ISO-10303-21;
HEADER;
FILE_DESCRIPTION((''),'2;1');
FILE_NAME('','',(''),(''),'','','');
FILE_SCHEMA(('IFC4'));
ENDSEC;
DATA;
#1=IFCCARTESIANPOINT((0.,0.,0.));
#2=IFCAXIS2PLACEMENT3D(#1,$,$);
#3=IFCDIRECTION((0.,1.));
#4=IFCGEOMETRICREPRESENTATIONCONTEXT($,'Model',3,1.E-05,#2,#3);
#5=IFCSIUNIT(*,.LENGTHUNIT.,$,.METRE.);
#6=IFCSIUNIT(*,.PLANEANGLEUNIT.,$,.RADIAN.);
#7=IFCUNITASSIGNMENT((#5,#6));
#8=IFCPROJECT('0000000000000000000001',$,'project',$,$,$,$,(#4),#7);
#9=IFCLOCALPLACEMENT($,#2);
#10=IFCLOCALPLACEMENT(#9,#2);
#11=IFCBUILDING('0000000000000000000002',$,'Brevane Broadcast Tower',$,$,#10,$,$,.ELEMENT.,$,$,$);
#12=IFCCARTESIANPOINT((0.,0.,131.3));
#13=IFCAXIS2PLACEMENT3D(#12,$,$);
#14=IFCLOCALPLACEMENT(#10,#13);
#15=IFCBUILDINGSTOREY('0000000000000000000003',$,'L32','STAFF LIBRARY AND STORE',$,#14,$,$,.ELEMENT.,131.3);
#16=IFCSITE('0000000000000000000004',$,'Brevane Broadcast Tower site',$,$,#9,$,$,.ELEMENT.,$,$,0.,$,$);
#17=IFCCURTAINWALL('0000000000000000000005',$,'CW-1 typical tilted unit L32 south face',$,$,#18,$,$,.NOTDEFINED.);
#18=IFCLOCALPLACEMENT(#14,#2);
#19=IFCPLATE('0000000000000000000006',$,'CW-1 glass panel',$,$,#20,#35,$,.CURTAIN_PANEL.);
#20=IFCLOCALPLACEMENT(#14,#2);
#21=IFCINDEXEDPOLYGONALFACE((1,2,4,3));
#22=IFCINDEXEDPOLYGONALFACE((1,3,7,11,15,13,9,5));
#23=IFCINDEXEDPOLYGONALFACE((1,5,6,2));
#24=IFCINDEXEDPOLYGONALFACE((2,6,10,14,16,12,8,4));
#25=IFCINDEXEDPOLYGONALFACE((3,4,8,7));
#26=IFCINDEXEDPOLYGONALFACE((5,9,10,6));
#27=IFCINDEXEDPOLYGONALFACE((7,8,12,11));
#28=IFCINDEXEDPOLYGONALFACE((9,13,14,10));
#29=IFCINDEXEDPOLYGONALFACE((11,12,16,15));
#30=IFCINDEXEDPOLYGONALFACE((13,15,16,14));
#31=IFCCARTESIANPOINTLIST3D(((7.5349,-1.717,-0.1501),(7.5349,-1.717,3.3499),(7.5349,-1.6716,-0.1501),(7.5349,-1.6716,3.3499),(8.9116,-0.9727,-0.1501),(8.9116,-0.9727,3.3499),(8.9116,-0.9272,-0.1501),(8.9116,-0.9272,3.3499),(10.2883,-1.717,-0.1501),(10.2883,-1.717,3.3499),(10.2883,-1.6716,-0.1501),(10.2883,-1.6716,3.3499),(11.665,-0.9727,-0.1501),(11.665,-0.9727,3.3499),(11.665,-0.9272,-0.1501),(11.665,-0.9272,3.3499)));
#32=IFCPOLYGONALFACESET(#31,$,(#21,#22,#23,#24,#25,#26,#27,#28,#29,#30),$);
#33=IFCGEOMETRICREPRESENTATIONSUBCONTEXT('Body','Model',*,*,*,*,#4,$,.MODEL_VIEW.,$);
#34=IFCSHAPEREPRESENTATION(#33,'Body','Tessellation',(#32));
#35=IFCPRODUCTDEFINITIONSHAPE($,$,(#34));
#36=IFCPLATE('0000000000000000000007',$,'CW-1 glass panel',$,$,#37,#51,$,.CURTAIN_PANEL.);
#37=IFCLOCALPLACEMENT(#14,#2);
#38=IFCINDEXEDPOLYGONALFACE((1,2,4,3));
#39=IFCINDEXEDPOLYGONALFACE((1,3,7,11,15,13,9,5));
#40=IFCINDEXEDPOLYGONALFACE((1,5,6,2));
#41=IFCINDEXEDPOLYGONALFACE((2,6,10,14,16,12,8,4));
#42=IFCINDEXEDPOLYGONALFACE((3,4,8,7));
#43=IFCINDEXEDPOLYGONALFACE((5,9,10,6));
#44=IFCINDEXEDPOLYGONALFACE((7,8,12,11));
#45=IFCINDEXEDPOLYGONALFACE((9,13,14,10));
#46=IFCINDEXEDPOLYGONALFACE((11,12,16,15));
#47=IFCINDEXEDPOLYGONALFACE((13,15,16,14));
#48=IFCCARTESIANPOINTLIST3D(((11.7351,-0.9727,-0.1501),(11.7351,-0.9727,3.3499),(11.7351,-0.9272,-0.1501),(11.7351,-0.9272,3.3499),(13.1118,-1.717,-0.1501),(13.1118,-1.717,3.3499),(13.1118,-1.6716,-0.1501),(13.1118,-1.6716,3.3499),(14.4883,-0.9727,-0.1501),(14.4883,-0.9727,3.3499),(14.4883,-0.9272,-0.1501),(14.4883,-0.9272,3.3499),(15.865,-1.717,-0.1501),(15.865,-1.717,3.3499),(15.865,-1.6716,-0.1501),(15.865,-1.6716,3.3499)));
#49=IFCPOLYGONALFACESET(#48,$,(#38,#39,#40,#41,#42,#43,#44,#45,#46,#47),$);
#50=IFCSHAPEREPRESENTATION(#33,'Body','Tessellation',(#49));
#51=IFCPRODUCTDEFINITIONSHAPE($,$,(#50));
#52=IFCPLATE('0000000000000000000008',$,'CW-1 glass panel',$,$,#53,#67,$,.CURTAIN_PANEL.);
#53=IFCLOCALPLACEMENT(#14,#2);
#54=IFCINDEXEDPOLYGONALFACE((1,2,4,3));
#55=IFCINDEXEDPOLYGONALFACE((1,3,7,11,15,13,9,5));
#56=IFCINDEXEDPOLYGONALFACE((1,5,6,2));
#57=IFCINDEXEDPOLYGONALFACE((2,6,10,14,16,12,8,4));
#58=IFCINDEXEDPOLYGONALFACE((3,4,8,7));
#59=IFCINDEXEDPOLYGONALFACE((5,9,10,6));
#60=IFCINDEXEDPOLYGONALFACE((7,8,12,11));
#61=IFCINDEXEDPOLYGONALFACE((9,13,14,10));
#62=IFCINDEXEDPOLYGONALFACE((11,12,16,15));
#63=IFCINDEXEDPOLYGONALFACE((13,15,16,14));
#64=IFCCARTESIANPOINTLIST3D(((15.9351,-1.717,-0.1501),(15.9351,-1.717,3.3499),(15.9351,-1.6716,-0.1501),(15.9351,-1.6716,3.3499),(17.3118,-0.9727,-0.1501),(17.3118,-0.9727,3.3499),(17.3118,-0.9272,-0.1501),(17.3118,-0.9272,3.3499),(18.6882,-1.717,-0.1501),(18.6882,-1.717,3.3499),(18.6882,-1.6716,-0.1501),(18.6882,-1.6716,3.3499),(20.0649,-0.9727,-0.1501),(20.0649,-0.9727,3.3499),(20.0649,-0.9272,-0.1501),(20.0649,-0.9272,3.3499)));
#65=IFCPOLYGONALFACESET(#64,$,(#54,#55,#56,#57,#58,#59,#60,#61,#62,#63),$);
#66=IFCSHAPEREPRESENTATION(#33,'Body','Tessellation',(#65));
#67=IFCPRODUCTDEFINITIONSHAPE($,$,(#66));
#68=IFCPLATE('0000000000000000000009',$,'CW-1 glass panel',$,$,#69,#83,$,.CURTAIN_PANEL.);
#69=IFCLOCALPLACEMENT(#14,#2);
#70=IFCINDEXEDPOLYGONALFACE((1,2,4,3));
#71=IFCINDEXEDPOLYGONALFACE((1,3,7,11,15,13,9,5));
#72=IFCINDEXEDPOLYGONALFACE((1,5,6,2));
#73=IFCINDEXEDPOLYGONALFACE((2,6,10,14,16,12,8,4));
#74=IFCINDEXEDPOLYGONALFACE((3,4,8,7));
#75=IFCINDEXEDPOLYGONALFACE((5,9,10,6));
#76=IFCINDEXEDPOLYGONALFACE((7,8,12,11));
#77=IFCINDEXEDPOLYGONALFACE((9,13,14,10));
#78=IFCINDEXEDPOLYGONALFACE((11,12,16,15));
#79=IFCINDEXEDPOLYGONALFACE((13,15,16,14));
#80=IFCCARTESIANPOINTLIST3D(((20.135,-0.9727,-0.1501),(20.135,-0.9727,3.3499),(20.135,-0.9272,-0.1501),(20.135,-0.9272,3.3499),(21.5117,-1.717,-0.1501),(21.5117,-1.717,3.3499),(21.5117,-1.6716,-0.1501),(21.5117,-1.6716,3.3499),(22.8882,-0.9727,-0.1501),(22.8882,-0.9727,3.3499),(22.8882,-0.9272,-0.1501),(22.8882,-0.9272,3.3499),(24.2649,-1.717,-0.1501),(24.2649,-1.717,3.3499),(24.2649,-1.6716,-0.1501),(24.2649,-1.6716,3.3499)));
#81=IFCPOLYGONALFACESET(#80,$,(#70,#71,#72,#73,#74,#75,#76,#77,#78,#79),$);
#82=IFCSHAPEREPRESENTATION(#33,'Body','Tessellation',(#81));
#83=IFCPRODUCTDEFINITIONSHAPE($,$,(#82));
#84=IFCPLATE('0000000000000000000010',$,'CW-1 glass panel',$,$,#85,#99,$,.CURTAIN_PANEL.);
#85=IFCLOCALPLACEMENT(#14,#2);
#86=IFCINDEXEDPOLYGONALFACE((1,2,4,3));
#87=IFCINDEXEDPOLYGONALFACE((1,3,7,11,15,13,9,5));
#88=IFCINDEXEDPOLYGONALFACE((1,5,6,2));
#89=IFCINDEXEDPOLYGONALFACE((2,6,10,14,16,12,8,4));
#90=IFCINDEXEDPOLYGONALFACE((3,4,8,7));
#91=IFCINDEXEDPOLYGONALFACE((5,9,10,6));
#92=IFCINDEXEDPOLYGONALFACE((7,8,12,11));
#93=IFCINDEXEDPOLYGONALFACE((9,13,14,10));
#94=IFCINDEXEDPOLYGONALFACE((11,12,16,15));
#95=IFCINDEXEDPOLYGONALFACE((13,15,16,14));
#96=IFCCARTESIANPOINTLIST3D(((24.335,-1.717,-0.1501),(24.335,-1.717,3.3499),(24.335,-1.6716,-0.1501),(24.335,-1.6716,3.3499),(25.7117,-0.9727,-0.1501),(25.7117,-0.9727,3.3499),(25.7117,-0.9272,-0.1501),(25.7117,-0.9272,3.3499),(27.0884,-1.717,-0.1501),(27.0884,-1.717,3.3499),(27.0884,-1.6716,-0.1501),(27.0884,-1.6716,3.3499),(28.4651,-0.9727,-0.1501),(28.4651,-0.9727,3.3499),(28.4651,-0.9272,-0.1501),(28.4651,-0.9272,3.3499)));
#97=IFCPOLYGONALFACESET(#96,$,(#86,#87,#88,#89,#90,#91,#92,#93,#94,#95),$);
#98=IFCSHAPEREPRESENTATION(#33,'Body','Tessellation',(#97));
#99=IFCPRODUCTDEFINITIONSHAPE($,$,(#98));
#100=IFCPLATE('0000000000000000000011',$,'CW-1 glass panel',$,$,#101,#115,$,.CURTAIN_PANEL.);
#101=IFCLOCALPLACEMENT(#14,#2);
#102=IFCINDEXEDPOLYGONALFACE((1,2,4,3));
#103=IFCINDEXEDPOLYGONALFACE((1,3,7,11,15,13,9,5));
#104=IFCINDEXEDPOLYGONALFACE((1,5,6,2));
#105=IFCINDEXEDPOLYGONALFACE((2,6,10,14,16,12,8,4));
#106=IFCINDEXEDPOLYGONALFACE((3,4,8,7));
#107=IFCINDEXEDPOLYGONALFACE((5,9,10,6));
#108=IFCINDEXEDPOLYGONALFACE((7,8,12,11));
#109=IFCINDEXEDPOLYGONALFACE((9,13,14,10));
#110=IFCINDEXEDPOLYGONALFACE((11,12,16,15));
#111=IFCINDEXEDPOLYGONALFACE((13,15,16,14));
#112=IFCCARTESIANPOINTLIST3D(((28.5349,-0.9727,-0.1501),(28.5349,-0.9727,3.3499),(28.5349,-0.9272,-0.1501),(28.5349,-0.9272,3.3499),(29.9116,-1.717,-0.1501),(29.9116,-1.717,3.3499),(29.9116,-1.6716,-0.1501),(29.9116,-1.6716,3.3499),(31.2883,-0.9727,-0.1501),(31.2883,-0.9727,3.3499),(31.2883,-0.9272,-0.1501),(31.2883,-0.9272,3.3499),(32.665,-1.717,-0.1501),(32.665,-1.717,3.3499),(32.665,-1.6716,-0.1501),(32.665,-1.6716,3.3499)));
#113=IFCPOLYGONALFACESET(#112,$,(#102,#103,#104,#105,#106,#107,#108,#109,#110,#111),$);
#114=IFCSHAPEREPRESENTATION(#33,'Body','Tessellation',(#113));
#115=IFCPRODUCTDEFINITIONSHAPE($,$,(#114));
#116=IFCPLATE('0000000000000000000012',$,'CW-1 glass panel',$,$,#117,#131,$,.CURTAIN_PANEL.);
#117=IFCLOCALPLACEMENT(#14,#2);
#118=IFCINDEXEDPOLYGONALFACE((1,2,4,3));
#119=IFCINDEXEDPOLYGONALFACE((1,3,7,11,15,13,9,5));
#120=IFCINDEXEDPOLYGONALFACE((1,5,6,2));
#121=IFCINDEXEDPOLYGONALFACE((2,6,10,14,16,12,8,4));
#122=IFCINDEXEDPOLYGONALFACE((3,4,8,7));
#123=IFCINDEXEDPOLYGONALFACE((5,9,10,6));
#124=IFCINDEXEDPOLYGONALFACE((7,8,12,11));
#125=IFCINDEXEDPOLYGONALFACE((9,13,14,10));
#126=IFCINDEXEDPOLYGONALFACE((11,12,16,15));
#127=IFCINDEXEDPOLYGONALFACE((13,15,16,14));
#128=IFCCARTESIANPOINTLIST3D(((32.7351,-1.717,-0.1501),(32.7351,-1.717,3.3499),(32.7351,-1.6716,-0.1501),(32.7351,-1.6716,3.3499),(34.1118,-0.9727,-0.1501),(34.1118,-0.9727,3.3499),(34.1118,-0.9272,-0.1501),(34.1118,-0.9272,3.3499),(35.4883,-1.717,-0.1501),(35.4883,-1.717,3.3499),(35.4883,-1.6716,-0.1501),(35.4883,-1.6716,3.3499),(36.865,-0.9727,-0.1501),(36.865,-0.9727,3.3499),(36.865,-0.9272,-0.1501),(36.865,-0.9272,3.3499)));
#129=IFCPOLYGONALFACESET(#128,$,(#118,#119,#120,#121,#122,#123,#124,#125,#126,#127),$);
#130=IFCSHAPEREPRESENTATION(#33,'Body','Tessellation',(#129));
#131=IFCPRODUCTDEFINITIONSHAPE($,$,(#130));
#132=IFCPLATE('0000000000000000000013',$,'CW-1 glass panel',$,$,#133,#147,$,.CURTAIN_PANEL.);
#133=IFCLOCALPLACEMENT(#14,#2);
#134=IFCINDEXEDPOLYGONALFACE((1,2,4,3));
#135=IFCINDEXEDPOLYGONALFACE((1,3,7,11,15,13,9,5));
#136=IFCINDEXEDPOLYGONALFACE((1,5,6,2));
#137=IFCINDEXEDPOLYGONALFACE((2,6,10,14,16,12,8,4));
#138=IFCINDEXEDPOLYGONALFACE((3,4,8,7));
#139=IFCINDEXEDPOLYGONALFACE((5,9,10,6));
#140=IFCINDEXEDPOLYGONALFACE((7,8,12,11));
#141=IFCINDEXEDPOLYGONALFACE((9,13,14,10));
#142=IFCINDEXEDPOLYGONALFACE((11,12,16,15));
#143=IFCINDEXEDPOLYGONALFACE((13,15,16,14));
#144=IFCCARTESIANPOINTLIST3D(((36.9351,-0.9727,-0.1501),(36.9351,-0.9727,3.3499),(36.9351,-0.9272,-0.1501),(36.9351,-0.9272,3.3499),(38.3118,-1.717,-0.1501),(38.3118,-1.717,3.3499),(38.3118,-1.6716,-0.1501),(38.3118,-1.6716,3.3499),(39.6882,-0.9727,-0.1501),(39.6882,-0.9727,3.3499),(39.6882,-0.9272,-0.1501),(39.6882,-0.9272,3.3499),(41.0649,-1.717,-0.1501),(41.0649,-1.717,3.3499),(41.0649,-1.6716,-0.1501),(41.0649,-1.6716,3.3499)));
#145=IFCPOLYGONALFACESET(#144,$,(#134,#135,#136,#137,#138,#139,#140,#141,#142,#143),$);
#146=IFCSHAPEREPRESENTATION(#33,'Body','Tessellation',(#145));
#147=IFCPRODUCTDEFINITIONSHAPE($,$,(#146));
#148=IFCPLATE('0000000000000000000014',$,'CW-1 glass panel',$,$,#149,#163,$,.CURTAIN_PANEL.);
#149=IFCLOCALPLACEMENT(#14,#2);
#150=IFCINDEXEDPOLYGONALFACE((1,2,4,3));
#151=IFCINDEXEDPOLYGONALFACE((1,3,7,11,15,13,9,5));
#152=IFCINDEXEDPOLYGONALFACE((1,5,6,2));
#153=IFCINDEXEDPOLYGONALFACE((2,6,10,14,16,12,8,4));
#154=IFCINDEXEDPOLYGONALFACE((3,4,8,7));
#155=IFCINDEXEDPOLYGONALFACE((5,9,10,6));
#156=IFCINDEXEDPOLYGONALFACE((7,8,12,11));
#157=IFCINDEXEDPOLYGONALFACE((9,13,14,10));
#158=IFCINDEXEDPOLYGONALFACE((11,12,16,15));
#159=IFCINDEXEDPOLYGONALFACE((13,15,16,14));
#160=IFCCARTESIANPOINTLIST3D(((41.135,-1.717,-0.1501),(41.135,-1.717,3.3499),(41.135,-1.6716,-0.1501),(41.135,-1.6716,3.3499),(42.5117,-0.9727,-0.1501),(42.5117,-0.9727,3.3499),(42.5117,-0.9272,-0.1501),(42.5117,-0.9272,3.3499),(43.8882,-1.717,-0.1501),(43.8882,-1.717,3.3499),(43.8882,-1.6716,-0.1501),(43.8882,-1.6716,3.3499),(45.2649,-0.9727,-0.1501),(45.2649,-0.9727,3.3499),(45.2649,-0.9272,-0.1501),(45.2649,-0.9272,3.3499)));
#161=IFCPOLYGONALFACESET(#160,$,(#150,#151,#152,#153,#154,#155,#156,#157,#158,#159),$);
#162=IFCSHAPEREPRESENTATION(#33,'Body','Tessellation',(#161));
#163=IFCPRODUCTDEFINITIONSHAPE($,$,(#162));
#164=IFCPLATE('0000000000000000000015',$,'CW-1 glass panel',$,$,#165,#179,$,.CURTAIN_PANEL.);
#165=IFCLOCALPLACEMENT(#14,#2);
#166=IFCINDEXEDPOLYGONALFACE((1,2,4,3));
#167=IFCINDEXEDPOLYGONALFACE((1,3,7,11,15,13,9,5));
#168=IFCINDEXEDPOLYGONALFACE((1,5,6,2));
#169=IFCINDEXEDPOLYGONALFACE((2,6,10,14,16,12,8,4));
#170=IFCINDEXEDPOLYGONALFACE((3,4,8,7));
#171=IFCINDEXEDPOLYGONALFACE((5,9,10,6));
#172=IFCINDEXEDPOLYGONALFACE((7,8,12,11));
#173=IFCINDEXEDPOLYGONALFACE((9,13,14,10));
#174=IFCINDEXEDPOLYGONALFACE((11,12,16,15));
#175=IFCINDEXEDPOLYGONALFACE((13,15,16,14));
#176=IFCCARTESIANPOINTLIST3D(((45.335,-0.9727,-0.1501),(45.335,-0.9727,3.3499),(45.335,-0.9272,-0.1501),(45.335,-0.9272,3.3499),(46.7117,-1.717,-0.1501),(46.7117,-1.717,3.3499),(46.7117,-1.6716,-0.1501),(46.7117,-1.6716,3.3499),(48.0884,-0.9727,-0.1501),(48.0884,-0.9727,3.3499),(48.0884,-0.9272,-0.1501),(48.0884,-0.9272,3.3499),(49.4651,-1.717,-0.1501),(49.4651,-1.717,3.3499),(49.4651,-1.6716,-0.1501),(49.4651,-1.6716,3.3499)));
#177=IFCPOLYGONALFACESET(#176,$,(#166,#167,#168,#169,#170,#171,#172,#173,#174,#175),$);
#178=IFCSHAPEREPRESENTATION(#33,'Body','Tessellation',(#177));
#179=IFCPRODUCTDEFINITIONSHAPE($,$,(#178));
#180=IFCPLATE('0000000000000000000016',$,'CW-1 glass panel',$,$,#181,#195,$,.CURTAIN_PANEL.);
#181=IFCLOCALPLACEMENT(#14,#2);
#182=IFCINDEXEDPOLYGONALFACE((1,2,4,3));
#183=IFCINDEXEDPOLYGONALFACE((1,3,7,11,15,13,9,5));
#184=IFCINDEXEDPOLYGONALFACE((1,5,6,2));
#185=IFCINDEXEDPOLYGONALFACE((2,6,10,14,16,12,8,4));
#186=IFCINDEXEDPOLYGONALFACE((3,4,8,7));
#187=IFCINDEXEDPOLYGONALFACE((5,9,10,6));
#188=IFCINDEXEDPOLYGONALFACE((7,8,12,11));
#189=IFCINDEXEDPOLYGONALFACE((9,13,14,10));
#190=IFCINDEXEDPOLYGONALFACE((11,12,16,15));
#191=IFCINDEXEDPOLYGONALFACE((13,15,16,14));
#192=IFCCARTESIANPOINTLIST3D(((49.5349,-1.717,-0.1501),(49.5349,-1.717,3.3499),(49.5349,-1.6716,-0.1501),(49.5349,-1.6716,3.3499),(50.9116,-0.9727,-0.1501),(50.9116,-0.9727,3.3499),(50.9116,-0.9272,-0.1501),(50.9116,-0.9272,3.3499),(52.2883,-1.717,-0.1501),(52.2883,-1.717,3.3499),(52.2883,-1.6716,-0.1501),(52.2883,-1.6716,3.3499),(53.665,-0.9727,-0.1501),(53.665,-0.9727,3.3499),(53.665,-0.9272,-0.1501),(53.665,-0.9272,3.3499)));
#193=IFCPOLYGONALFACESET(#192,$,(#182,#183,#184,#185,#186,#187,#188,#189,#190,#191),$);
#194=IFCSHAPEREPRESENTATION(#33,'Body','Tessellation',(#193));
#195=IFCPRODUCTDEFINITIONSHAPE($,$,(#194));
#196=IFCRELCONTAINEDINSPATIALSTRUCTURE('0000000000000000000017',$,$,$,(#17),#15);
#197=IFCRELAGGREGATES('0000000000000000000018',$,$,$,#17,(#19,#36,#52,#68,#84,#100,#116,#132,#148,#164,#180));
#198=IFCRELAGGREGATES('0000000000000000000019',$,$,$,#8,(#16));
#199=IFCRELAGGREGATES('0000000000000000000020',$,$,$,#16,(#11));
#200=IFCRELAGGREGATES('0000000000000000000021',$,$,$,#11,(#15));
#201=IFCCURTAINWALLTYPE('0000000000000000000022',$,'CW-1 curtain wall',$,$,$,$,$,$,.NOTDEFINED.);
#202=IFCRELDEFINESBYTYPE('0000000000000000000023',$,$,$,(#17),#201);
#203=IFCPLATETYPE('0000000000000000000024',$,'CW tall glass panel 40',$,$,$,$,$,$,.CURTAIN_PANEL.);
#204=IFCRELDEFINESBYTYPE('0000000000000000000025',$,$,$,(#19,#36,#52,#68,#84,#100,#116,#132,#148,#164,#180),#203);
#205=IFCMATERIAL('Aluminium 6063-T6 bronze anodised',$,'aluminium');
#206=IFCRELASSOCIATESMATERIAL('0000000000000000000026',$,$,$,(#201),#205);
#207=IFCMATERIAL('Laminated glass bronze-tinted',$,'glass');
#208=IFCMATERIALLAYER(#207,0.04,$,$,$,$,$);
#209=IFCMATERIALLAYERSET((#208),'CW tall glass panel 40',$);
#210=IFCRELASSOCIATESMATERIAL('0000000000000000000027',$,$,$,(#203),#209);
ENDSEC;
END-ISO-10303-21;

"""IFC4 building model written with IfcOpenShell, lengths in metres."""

from ifc_helpers import new_model, si_unit, direction, frame, origin, place, context, subcontext, project, spatial, polyline, outline, extrude, material, layer, layer_set, type_object, element, aggregate, save


model = new_model("IFC4")

# Units and contexts
model_context = context("Model", 3, precision=1e-05, world=origin(), true_north=direction((0.0, 1.0)))
body_context = subcontext(model_context, "Body", "Model", "MODEL_VIEW")
ifc_project = project(units=[si_unit("LENGTHUNIT", "METRE"), si_unit("PLANEANGLEUNIT", "RADIAN")], contexts=[model_context])

# Site, building, storey
site_placement = place(None, origin())
site = spatial("IfcSite", under=ifc_project, at=site_placement, Name="Brevane Broadcast Tower site", CompositionType="ELEMENT", RefElevation=0.0)
building_placement = place(site_placement, origin())
building = spatial("IfcBuilding", under=site, at=building_placement, Name="Brevane Broadcast Tower", CompositionType="ELEMENT")
storey_placement = place(building_placement, frame((0.0, 0.0, 131.3)))
storey = spatial("IfcBuildingStorey", under=building, at=storey_placement, Name="L32", Description="STAFF LIBRARY AND STORE", CompositionType="ELEMENT", Elevation=131.3)

# Curtain wall, plates
ifc_material_1 = material(Name="Aluminium 6063-T6 bronze anodised", Category="aluminium")
curtain_wall_type = type_object("IfcCurtainWallType", Name="CW-1 curtain wall", PredefinedType="NOTDEFINED", material=ifc_material_1)
curtain_wall_1_placement = place(storey_placement, origin())
curtain_wall_1 = element("IfcCurtainWall", 1, at=curtain_wall_1_placement, inside=storey, type_object=curtain_wall_type, Name="CW-1 typical tilted unit L32 south face", PredefinedType="NOTDEFINED")
ifc_material_2 = material(Name="Laminated glass bronze-tinted", Category="glass")
ifc_layer = layer(ifc_material_2, 0.04)
ifc_layer_set = layer_set([ifc_layer], Name="CW tall glass panel 40")
plate_type = type_object("IfcPlateType", Name="CW tall glass panel 40", PredefinedType="CURTAIN_PANEL", material=ifc_layer_set)
plate_1_placement = place(storey_placement, frame((0.0, 0.0, -0.1501)))
plate_1 = element("IfcPlate", 2, at=plate_1_placement, type_object=plate_type, Name="CW-1 glass panel", PredefinedType="CURTAIN_PANEL", context=body_context, shape_type="SweptSolid", body=[
    extrude(outline(polyline([(7.5349, -1.6716), (7.5349, -1.717), (8.9116, -0.9727), (10.2883, -1.717), (11.665, -0.9727), (11.665, -0.9272), (10.2883, -1.6716), (8.9116, -0.9272), (7.5349, -1.6716)])), origin(), (0.0, 0.0, 1.0), 3.5),
])
plate_2_placement = place(storey_placement, frame((0.0, 0.0, -0.1501)))
plate_2 = element("IfcPlate", 3, at=plate_2_placement, type_object=plate_type, Name="CW-1 glass panel", PredefinedType="CURTAIN_PANEL", context=body_context, shape_type="SweptSolid", body=[
    extrude(outline(polyline([(11.7351, -0.9272), (11.7351, -0.9727), (13.1118, -1.717), (14.4883, -0.9727), (15.865, -1.717), (15.865, -1.6716), (14.4883, -0.9272), (13.1118, -1.6716), (11.7351, -0.9272)])), origin(), (0.0, 0.0, 1.0), 3.5),
])
plate_3_placement = place(storey_placement, frame((0.0, 0.0, -0.1501)))
plate_3 = element("IfcPlate", 4, at=plate_3_placement, type_object=plate_type, Name="CW-1 glass panel", PredefinedType="CURTAIN_PANEL", context=body_context, shape_type="SweptSolid", body=[
    extrude(outline(polyline([(15.9351, -1.6716), (15.9351, -1.717), (17.3118, -0.9727), (18.6882, -1.717), (20.0649, -0.9727), (20.0649, -0.9272), (18.6882, -1.6716), (17.3118, -0.9272), (15.9351, -1.6716)])), origin(), (0.0, 0.0, 1.0), 3.5),
])
plate_4_placement = place(storey_placement, frame((0.0, 0.0, -0.1501)))
plate_4 = element("IfcPlate", 5, at=plate_4_placement, type_object=plate_type, Name="CW-1 glass panel", PredefinedType="CURTAIN_PANEL", context=body_context, shape_type="SweptSolid", body=[
    extrude(outline(polyline([(20.135, -0.9272), (20.135, -0.9727), (21.5117, -1.717), (22.8882, -0.9727), (24.2649, -1.717), (24.2649, -1.6716), (22.8882, -0.9272), (21.5117, -1.6716), (20.135, -0.9272)])), origin(), (0.0, 0.0, 1.0), 3.5),
])
plate_5_placement = place(storey_placement, frame((0.0, 0.0, -0.1501)))
plate_5 = element("IfcPlate", 6, at=plate_5_placement, type_object=plate_type, Name="CW-1 glass panel", PredefinedType="CURTAIN_PANEL", context=body_context, shape_type="SweptSolid", body=[
    extrude(outline(polyline([(24.335, -1.6716), (24.335, -1.717), (25.7117, -0.9727), (27.0884, -1.717), (28.4651, -0.9727), (28.4651, -0.9272), (27.0884, -1.6716), (25.7117, -0.9272), (24.335, -1.6716)])), origin(), (0.0, 0.0, 1.0), 3.5),
])
plate_6_placement = place(storey_placement, frame((0.0, 0.0, -0.1501)))
plate_6 = element("IfcPlate", 7, at=plate_6_placement, type_object=plate_type, Name="CW-1 glass panel", PredefinedType="CURTAIN_PANEL", context=body_context, shape_type="SweptSolid", body=[
    extrude(outline(polyline([(28.5349, -0.9272), (28.5349, -0.9727), (29.9116, -1.717), (31.2883, -0.9727), (32.665, -1.717), (32.665, -1.6716), (31.2883, -0.9272), (29.9116, -1.6716), (28.5349, -0.9272)])), origin(), (0.0, 0.0, 1.0), 3.5),
])
plate_7_placement = place(storey_placement, frame((0.0, 0.0, -0.1501)))
plate_7 = element("IfcPlate", 8, at=plate_7_placement, type_object=plate_type, Name="CW-1 glass panel", PredefinedType="CURTAIN_PANEL", context=body_context, shape_type="SweptSolid", body=[
    extrude(outline(polyline([(32.7351, -1.6716), (32.7351, -1.717), (34.1118, -0.9727), (35.4883, -1.717), (36.865, -0.9727), (36.865, -0.9272), (35.4883, -1.6716), (34.1118, -0.9272), (32.7351, -1.6716)])), origin(), (0.0, 0.0, 1.0), 3.5),
])
plate_8_placement = place(storey_placement, frame((0.0, 0.0, -0.1501)))
plate_8 = element("IfcPlate", 9, at=plate_8_placement, type_object=plate_type, Name="CW-1 glass panel", PredefinedType="CURTAIN_PANEL", context=body_context, shape_type="SweptSolid", body=[
    extrude(outline(polyline([(36.9351, -0.9272), (36.9351, -0.9727), (38.3118, -1.717), (39.6882, -0.9727), (41.0649, -1.717), (41.0649, -1.6716), (39.6882, -0.9272), (38.3118, -1.6716), (36.9351, -0.9272)])), origin(), (0.0, 0.0, 1.0), 3.5),
])
plate_9_placement = place(storey_placement, frame((0.0, 0.0, -0.1501)))
plate_9 = element("IfcPlate", 10, at=plate_9_placement, type_object=plate_type, Name="CW-1 glass panel", PredefinedType="CURTAIN_PANEL", context=body_context, shape_type="SweptSolid", body=[
    extrude(outline(polyline([(41.135, -1.6716), (41.135, -1.717), (42.5117, -0.9727), (43.8882, -1.717), (45.2649, -0.9727), (45.2649, -0.9272), (43.8882, -1.6716), (42.5117, -0.9272), (41.135, -1.6716)])), origin(), (0.0, 0.0, 1.0), 3.5),
])
plate_10_placement = place(storey_placement, frame((0.0, 0.0, -0.1501)))
plate_10 = element("IfcPlate", 11, at=plate_10_placement, type_object=plate_type, Name="CW-1 glass panel", PredefinedType="CURTAIN_PANEL", context=body_context, shape_type="SweptSolid", body=[
    extrude(outline(polyline([(45.335, -0.9272), (45.335, -0.9727), (46.7117, -1.717), (48.0884, -0.9727), (49.4651, -1.717), (49.4651, -1.6716), (48.0884, -0.9272), (46.7117, -1.6716), (45.335, -0.9272)])), origin(), (0.0, 0.0, 1.0), 3.5),
])
plate_11_placement = place(storey_placement, frame((0.0, 0.0, -0.1501)))
plate_11 = element("IfcPlate", 12, at=plate_11_placement, type_object=plate_type, Name="CW-1 glass panel", PredefinedType="CURTAIN_PANEL", context=body_context, shape_type="SweptSolid", body=[
    extrude(outline(polyline([(49.5349, -1.6716), (49.5349, -1.717), (50.9116, -0.9727), (52.2883, -1.717), (53.665, -0.9727), (53.665, -0.9272), (52.2883, -1.6716), (50.9116, -0.9272), (49.5349, -1.6716)])), origin(), (0.0, 0.0, 1.0), 3.5),
])
aggregate(curtain_wall_1, [plate_1, plate_2, plate_3, plate_4, plate_5, plate_6, plate_7, plate_8, plate_9, plate_10, plate_11])

save(model, "model.ifc")
